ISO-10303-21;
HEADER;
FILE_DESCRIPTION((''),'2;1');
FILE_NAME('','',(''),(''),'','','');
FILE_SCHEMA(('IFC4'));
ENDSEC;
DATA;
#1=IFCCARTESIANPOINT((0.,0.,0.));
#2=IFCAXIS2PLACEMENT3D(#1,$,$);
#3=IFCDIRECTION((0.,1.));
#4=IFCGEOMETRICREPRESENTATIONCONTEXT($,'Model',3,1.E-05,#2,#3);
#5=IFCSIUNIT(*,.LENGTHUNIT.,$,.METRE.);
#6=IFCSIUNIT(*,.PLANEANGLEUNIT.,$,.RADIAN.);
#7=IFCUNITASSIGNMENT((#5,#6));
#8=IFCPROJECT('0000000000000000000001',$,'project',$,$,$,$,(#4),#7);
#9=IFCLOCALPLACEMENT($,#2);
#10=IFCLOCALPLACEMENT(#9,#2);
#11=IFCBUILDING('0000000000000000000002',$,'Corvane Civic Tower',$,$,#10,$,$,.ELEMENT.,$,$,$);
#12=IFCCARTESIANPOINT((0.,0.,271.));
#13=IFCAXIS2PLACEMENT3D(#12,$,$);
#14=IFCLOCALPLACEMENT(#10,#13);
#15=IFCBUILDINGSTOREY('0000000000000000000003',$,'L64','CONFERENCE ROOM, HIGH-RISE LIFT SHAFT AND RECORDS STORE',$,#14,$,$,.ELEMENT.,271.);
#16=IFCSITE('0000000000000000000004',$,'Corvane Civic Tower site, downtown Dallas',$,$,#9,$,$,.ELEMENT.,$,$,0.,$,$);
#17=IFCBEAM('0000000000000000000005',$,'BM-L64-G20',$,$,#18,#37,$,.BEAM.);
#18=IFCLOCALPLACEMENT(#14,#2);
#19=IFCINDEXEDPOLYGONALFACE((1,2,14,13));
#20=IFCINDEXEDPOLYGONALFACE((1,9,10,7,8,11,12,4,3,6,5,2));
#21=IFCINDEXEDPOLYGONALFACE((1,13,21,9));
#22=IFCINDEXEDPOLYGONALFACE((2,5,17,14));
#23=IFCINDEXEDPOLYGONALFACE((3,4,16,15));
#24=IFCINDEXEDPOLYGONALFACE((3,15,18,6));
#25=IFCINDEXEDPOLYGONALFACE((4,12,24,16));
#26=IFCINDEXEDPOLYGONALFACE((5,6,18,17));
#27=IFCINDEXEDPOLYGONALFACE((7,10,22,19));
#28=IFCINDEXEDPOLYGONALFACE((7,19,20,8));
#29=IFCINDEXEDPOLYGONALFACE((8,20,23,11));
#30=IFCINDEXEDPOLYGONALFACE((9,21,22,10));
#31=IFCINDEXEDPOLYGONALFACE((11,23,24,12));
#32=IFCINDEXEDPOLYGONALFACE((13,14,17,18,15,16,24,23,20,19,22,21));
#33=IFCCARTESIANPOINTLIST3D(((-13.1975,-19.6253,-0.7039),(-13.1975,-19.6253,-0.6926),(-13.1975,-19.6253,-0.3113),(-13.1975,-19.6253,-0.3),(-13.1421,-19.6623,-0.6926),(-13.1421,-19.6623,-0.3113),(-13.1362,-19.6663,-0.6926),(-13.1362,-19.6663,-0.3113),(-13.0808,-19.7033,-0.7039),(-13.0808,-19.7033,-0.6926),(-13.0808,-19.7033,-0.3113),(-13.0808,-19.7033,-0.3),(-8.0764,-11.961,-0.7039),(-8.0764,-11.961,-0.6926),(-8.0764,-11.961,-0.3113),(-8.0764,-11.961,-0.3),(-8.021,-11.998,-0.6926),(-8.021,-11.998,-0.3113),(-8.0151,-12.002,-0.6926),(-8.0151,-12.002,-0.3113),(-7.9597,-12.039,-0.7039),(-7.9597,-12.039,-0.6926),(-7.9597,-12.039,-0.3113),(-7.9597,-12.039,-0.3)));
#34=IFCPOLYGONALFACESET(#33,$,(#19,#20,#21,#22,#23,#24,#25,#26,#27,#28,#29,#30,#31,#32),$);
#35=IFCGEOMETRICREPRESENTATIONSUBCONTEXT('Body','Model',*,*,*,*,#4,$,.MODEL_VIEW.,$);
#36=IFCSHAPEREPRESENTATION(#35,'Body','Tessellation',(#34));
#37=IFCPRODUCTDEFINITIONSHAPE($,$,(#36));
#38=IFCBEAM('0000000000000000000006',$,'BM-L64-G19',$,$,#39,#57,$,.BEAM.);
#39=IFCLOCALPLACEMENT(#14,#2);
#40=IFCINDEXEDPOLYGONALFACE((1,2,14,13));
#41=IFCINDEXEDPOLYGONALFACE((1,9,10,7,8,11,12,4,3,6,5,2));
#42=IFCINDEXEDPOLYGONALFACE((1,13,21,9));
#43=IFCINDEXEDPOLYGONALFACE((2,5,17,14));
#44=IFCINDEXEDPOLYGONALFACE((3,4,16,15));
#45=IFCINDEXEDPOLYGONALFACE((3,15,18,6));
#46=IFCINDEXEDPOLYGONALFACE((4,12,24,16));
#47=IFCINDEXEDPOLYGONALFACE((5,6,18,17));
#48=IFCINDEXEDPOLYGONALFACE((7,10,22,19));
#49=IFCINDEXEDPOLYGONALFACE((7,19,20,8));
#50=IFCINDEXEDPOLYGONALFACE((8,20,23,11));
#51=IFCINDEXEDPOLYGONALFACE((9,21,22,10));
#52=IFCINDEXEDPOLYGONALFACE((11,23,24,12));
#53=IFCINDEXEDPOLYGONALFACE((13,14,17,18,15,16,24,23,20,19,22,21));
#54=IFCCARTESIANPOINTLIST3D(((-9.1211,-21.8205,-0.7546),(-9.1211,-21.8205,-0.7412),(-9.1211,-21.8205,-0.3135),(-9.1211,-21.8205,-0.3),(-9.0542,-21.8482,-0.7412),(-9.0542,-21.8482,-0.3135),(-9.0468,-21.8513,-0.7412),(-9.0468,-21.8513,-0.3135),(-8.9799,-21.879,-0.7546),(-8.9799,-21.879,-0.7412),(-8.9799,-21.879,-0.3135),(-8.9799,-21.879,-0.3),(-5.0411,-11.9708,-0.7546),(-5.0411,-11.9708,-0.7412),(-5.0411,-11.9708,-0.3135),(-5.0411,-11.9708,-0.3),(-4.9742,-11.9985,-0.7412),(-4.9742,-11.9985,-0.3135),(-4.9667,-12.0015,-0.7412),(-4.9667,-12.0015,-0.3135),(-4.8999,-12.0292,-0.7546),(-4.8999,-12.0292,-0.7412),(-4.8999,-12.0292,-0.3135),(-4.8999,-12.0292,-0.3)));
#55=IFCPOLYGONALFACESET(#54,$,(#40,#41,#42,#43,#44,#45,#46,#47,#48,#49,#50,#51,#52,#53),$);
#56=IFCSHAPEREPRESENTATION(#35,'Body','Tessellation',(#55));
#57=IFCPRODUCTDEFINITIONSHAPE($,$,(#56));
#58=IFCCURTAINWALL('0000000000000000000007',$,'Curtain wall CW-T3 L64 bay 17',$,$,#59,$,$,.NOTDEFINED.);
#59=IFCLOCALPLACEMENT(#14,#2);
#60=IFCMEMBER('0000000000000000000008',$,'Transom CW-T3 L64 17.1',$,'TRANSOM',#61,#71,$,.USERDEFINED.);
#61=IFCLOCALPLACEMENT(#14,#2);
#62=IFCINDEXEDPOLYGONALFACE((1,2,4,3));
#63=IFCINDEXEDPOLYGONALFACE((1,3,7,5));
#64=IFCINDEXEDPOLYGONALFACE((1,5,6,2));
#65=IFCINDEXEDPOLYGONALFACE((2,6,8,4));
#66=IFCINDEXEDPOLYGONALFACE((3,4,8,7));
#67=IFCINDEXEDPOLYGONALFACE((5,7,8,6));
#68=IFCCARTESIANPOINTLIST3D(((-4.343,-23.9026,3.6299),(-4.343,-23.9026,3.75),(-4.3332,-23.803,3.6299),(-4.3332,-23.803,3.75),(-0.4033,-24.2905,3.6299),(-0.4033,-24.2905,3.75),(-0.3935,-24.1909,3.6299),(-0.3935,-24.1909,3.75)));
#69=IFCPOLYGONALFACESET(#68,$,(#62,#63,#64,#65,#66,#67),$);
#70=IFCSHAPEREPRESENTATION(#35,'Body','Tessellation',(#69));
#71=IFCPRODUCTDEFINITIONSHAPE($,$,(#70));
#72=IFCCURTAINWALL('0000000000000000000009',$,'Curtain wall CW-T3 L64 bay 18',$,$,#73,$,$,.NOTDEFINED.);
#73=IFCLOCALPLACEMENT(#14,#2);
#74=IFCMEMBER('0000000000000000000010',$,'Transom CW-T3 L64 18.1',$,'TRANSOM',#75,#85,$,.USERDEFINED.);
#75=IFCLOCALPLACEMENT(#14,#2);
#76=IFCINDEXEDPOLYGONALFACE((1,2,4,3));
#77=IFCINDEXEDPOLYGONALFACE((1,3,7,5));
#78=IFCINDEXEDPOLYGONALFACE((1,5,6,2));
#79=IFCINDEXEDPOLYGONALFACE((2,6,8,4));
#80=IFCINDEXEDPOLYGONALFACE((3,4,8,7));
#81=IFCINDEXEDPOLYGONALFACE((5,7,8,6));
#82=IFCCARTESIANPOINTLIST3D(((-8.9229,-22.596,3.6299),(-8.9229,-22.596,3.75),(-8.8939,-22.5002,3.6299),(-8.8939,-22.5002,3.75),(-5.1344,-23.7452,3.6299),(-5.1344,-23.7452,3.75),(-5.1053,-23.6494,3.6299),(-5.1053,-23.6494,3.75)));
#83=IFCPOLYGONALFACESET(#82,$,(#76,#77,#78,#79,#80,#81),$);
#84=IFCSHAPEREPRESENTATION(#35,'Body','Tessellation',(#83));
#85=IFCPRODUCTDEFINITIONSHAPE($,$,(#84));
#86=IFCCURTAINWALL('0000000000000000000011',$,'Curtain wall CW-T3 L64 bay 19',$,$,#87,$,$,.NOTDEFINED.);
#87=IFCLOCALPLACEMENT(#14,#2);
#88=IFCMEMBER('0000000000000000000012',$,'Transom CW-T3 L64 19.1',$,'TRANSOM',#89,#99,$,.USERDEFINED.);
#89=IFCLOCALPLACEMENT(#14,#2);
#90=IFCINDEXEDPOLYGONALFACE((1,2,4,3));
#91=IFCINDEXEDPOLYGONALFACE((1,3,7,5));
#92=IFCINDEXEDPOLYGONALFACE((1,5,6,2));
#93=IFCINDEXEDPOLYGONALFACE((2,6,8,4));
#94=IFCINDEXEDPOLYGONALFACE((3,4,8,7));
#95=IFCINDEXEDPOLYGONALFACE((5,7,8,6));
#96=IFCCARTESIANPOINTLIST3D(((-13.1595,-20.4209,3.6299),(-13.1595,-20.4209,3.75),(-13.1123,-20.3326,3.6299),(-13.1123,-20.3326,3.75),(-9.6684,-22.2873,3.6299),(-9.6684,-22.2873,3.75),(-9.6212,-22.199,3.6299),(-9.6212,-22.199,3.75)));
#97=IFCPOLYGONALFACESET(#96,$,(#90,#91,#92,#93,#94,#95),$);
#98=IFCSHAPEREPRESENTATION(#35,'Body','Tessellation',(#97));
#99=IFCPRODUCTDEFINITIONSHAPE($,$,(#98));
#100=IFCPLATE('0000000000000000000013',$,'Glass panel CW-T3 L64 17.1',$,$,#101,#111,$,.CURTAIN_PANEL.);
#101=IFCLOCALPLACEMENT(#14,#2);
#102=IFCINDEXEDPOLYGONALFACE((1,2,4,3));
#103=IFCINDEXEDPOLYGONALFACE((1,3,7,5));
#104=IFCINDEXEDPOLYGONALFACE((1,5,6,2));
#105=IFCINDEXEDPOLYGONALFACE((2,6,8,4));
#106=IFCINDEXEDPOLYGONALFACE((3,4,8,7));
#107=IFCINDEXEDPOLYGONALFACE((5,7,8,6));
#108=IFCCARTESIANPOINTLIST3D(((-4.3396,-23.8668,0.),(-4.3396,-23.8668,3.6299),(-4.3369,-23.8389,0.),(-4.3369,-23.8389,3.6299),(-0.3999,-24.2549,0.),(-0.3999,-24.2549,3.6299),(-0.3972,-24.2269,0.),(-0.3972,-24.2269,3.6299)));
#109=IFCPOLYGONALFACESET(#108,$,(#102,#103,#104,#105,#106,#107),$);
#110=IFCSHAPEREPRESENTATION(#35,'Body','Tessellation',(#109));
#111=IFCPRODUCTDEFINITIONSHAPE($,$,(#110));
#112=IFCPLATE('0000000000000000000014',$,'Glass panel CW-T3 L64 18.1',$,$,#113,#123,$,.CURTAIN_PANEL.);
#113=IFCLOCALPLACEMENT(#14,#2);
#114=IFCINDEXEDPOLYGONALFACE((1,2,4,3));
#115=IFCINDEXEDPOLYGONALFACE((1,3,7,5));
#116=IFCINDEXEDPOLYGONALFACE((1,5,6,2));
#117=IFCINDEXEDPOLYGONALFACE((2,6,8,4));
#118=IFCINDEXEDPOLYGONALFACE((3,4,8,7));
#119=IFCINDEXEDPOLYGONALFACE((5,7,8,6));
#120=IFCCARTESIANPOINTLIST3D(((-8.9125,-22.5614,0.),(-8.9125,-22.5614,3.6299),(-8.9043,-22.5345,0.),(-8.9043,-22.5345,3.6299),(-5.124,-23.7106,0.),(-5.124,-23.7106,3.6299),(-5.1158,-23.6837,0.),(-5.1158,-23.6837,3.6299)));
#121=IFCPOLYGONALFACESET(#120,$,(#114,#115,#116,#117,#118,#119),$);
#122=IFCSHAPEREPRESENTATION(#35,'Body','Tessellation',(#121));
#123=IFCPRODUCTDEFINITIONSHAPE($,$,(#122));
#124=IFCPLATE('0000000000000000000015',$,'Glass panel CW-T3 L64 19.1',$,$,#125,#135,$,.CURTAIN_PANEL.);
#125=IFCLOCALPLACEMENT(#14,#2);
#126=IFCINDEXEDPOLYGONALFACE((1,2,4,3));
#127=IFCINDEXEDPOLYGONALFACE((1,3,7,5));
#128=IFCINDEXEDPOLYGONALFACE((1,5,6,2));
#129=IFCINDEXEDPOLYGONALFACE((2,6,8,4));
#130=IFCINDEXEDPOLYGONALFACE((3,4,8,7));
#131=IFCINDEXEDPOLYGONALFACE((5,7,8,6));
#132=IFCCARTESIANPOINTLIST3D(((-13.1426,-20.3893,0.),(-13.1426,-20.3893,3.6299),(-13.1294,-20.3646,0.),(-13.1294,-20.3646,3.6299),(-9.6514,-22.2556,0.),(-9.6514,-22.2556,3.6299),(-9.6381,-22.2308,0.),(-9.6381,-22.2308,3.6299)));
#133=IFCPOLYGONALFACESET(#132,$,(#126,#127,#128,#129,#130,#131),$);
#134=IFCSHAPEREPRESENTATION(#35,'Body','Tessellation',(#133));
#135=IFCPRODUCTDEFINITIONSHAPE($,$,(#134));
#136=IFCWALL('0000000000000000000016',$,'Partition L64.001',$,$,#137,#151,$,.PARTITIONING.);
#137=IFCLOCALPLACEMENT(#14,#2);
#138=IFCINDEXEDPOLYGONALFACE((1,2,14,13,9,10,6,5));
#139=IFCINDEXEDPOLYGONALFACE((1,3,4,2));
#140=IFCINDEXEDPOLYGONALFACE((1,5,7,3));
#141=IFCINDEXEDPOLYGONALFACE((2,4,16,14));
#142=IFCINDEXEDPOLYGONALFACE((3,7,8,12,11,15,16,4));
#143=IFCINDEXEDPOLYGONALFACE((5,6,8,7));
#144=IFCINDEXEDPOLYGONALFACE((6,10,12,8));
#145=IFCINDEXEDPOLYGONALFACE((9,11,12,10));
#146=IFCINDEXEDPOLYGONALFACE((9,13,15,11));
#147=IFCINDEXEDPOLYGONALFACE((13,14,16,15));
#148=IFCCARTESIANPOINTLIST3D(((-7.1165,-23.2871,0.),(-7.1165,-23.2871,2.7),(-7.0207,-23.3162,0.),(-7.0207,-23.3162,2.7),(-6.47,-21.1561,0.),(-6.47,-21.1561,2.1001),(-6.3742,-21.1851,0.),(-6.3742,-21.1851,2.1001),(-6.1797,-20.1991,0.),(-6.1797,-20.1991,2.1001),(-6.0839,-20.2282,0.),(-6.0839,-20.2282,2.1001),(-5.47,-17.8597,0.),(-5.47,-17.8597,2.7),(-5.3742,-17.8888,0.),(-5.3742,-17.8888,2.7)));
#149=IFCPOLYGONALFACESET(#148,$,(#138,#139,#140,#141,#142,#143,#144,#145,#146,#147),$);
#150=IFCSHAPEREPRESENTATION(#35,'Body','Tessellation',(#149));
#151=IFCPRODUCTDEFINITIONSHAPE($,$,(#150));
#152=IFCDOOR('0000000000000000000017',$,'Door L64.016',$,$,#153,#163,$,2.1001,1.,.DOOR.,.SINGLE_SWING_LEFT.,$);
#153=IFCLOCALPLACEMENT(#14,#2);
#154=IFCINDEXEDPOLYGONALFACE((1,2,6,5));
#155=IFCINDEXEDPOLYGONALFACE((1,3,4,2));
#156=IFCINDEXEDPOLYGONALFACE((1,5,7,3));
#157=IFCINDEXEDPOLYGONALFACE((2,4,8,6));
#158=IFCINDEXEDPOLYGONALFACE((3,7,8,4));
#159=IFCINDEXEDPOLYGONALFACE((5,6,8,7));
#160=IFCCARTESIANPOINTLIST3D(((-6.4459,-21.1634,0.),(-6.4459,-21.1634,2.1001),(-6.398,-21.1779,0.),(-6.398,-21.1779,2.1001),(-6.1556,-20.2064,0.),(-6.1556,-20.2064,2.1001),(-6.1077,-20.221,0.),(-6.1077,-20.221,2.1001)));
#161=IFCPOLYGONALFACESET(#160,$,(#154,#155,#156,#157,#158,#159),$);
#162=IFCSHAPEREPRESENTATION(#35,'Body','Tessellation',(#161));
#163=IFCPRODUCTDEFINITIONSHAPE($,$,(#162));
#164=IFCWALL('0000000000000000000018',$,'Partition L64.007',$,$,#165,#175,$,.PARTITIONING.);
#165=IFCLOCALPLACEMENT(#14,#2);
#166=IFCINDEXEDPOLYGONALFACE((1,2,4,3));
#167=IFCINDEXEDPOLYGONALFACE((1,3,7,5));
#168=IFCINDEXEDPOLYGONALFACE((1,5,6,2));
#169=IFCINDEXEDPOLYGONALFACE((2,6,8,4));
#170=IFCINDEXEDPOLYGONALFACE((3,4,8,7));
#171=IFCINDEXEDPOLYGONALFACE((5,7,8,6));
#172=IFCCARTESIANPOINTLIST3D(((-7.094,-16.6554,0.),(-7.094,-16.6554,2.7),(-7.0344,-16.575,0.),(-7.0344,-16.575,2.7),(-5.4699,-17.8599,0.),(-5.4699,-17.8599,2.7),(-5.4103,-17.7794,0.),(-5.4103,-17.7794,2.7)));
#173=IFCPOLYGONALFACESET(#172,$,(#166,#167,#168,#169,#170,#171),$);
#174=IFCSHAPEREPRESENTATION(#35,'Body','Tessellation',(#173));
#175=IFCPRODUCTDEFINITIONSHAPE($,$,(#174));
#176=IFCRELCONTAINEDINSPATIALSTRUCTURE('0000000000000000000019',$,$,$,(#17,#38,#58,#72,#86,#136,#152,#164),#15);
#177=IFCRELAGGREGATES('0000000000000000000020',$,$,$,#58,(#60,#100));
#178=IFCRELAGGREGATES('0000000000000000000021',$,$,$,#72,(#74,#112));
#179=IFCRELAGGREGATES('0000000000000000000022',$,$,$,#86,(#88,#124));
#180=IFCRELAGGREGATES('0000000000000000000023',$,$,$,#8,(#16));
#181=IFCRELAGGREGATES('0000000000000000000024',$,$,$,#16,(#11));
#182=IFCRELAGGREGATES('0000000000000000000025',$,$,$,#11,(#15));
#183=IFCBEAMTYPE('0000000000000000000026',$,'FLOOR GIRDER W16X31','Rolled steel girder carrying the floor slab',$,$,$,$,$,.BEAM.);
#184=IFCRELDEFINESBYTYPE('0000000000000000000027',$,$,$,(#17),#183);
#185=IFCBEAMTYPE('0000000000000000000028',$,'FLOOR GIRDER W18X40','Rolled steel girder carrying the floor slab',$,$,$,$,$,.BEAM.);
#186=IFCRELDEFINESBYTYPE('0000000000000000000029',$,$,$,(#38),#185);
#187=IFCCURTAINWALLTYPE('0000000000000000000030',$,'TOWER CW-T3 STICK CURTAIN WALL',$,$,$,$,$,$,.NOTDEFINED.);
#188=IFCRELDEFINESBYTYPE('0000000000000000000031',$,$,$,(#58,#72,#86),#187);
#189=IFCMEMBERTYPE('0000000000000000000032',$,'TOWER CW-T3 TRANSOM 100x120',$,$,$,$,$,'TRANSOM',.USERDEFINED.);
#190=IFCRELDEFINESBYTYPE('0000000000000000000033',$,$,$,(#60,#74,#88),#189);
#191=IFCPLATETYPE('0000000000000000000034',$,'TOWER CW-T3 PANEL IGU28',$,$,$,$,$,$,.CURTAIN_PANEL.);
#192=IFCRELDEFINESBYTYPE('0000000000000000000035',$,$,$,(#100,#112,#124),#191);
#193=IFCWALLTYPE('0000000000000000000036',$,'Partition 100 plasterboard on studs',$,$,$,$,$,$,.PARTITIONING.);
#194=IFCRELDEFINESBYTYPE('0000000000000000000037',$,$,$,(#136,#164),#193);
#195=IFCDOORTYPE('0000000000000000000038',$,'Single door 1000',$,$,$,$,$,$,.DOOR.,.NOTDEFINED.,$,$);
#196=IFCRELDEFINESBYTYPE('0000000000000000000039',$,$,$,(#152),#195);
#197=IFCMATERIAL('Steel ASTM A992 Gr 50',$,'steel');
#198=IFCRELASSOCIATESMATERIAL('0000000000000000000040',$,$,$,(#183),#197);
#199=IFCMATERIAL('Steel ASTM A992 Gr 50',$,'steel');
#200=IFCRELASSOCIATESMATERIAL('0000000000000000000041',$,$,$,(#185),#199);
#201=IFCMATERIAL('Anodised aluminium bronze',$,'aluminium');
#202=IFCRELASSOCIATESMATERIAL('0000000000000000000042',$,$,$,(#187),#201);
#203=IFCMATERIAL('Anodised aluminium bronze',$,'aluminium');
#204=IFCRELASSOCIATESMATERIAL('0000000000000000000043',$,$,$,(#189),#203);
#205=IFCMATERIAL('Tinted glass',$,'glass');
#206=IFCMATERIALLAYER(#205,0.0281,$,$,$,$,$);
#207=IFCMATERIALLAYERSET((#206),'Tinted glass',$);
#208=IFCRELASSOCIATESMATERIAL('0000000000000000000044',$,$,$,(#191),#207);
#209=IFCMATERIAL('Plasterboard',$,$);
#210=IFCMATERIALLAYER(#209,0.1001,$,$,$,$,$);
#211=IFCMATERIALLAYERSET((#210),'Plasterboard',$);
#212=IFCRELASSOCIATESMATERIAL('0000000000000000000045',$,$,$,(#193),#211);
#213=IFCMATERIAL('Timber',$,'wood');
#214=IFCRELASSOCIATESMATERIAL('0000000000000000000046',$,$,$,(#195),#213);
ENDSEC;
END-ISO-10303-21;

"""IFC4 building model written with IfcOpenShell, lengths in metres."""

from ifc_helpers import new_model, si_unit, direction, frame, frame_2d, origin, origin_2d, place, context, subcontext, project, spatial, rectangle, i_section, extrude, material, layer, layer_set, material_profile, profile_set, type_object, element, fill, aggregate, save


model = new_model("IFC4")

# Units and contexts
model_context = context("Model", 3, precision=1e-05, world=origin(), true_north=direction((0.0, 1.0)))
body_context = subcontext(model_context, "Body", "Model", "MODEL_VIEW")
ifc_project = project(units=[si_unit("LENGTHUNIT", "METRE"), si_unit("PLANEANGLEUNIT", "RADIAN")], contexts=[model_context])

# Site, building, storey
site_placement = place(None, origin())
site = spatial("IfcSite", under=ifc_project, at=site_placement, Name="Corvane Civic Tower site, downtown Dallas", CompositionType="ELEMENT", RefElevation=0.0)
building_placement = place(site_placement, origin())
building = spatial("IfcBuilding", under=site, at=building_placement, Name="Corvane Civic Tower", CompositionType="ELEMENT")
storey_placement = place(building_placement, frame((0.0, 0.0, 271.0)))
storey = spatial("IfcBuildingStorey", under=building, at=storey_placement, Name="L64", Description="CONFERENCE ROOM, HIGH-RISE LIFT SHAFT AND RECORDS STORE", CompositionType="ELEMENT", Elevation=271.0)

# Beams
ifc_material_1 = material(Name="Steel ASTM A992 Gr 50", Category="steel")
ifc_material_profile_1 = material_profile(ifc_material_1, i_section(OverallWidth=0.1404, OverallDepth=0.4038, WebThickness=0.0071, FlangeThickness=0.0112, at=origin_2d()), Name="W16X31")
ifc_profile_set_1 = profile_set([ifc_material_profile_1], Name="Steel ASTM A992 Gr 50")
beam_type_1 = type_object("IfcBeamType", Name="FLOOR GIRDER W16X31", Description="Rolled steel girder carrying the floor slab", PredefinedType="BEAM", material=ifc_profile_set_1)
beam_1_placement = place(storey_placement, frame((-8.0181, -12.0, -0.502), z_axis=(-0.555568, -0.831471, 0.0), x_axis=(0.831471, -0.555568, 0.0)))
element("IfcBeam", 1, at=beam_1_placement, inside=storey, type_object=beam_type_1, Name="BM-L64-G20", PredefinedType="BEAM", context=body_context, shape_type="SweptSolid", body=[
    extrude(i_section(OverallWidth=0.1404, OverallDepth=0.4038, WebThickness=0.0071, FlangeThickness=0.0112, at=origin_2d()), origin(), (0.0, 0.0, 1.0), 9.2178),
])
ifc_material_2 = material(Name="Steel ASTM A992 Gr 50", Category="steel")
ifc_material_profile_2 = material_profile(ifc_material_2, i_section(OverallWidth=0.1528, OverallDepth=0.4546, WebThickness=0.0081, FlangeThickness=0.0134, at=origin_2d()), Name="W18X40")
ifc_profile_set_2 = profile_set([ifc_material_profile_2], Name="Steel ASTM A992 Gr 50")
beam_type_2 = type_object("IfcBeamType", Name="FLOOR GIRDER W18X40", Description="Rolled steel girder carrying the floor slab", PredefinedType="BEAM", material=ifc_profile_set_2)
beam_2_placement = place(storey_placement, frame((-4.9705, -12.0, -0.5273), z_axis=(-0.382694, -0.923875, 0.0), x_axis=(0.923875, -0.382694, 0.0)))
element("IfcBeam", 2, at=beam_2_placement, inside=storey, type_object=beam_type_2, Name="BM-L64-G19", PredefinedType="BEAM", context=body_context, shape_type="SweptSolid", body=[
    extrude(i_section(OverallWidth=0.1528, OverallDepth=0.4546, WebThickness=0.0081, FlangeThickness=0.0134, at=origin_2d()), origin(), (0.0, 0.0, 1.0), 10.6614),
])

# Curtain walls, members
ifc_material_3 = material(Name="Anodised aluminium bronze", Category="aluminium")
curtain_wall_type = type_object("IfcCurtainWallType", Name="TOWER CW-T3 STICK CURTAIN WALL", PredefinedType="NOTDEFINED", material=ifc_material_3)
curtain_wall_1_placement = place(storey_placement, origin())
curtain_wall_1 = element("IfcCurtainWall", 3, at=curtain_wall_1_placement, inside=storey, type_object=curtain_wall_type, Name="Curtain wall CW-T3 L64 bay 17", PredefinedType="NOTDEFINED")
ifc_material_4 = material(Name="Anodised aluminium bronze", Category="aluminium")
ifc_material_profile_3 = material_profile(ifc_material_4, rectangle(XDim=0.1001, YDim=0.1201, at=origin_2d()), Name="TOWER CW-T3 TRANSOM 100x120")
ifc_profile_set_3 = profile_set([ifc_material_profile_3], Name="Anodised aluminium bronze")
member_type = type_object("IfcMemberType", Name="TOWER CW-T3 TRANSOM 100x120", ElementType="TRANSOM", PredefinedType="USERDEFINED", material=ifc_profile_set_3)
member_1_placement = place(storey_placement, frame((-0.3984, -24.2407, 3.6899), z_axis=(-0.995187, 0.097995, 0.0), x_axis=(-0.097995, -0.995187, 0.0)))
member_1 = element("IfcMember", 4, at=member_1_placement, type_object=member_type, Name="Transom CW-T3 L64 17.1", ObjectType="TRANSOM", PredefinedType="USERDEFINED", context=body_context, shape_type="SweptSolid", body=[
    extrude(rectangle(XDim=0.1001, YDim=0.1201, at=origin_2d()), origin(), (0.0, 0.0, 1.0), 3.9587),
])
curtain_wall_2_placement = place(storey_placement, origin())
curtain_wall_2 = element("IfcCurtainWall", 5, at=curtain_wall_2_placement, inside=storey, type_object=curtain_wall_type, Name="Curtain wall CW-T3 L64 bay 18", PredefinedType="NOTDEFINED")
member_2_placement = place(storey_placement, frame((-5.1199, -23.6973, 3.6899), z_axis=(-0.956946, 0.290266, 0.0), x_axis=(-0.290266, -0.956946, 0.0)))
member_2 = element("IfcMember", 6, at=member_2_placement, type_object=member_type, Name="Transom CW-T3 L64 18.1", ObjectType="TRANSOM", PredefinedType="USERDEFINED", context=body_context, shape_type="SweptSolid", body=[
    extrude(rectangle(XDim=0.1001, YDim=0.1201, at=origin_2d()), origin(), (0.0, 0.0, 1.0), 3.959),
])
curtain_wall_3_placement = place(storey_placement, origin())
curtain_wall_3 = element("IfcCurtainWall", 7, at=curtain_wall_3_placement, inside=storey, type_object=curtain_wall_type, Name="Curtain wall CW-T3 L64 bay 19", PredefinedType="NOTDEFINED")
member_3_placement = place(storey_placement, frame((-9.6448, -22.2432, 3.6899), z_axis=(-0.881883, 0.471468, 0.0), x_axis=(-0.471468, -0.881883, 0.0)))
member_3 = element("IfcMember", 8, at=member_3_placement, type_object=member_type, Name="Transom CW-T3 L64 19.1", ObjectType="TRANSOM", PredefinedType="USERDEFINED", context=body_context, shape_type="SweptSolid", body=[
    extrude(rectangle(XDim=0.1001, YDim=0.1201, at=origin_2d()), origin(), (0.0, 0.0, 1.0), 3.9587),
])

# Plates
ifc_material_5 = material(Name="Tinted glass", Category="glass")
ifc_layer_1 = layer(ifc_material_5, 0.0281)
ifc_layer_set_1 = layer_set([ifc_layer_1], Name="Tinted glass")
plate_type = type_object("IfcPlateType", Name="TOWER CW-T3 PANEL IGU28", PredefinedType="CURTAIN_PANEL", material=ifc_layer_set_1)
plate_1_placement = place(storey_placement, frame((-2.3684, -24.0469, 0.0), z_axis=(0.0, 0.0, 1.0), x_axis=(-0.995184, 0.098021, 0.0)))
plate_1 = element("IfcPlate", 9, at=plate_1_placement, type_object=plate_type, Name="Glass panel CW-T3 L64 17.1", PredefinedType="CURTAIN_PANEL", context=body_context, shape_type="SweptSolid", body=[
    extrude(rectangle(XDim=3.9587, YDim=0.0281, at=origin_2d()), origin(), (0.0, 0.0, 1.0), 3.6299),
])
aggregate(curtain_wall_1, [member_1, plate_1])
plate_2_placement = place(storey_placement, frame((-7.0142, -23.1226, 0.0), z_axis=(0.0, 0.0, 1.0), x_axis=(-0.956944, 0.290274, 0.0)))
plate_2 = element("IfcPlate", 10, at=plate_2_placement, type_object=plate_type, Name="Glass panel CW-T3 L64 18.1", PredefinedType="CURTAIN_PANEL", context=body_context, shape_type="SweptSolid", body=[
    extrude(rectangle(XDim=3.959, YDim=0.0281, at=origin_2d()), origin(), (0.0, 0.0, 1.0), 3.6299),
])
aggregate(curtain_wall_2, [member_2, plate_2])
plate_3_placement = place(storey_placement, frame((-11.3904, -21.3101, 0.0), z_axis=(0.0, 0.0, 1.0), x_axis=(-0.881908, 0.471421, 0.0)))
plate_3 = element("IfcPlate", 11, at=plate_3_placement, type_object=plate_type, Name="Glass panel CW-T3 L64 19.1", PredefinedType="CURTAIN_PANEL", context=body_context, shape_type="SweptSolid", body=[
    extrude(rectangle(XDim=3.9587, YDim=0.0281, at=origin_2d()), origin(), (0.0, 0.0, 1.0), 3.6299),
])
aggregate(curtain_wall_3, [member_3, plate_3])

# Wall, opening, door
ifc_material_6 = material(Name="Plasterboard")
ifc_layer_2 = layer(ifc_material_6, 0.1001)
ifc_layer_set_2 = layer_set([ifc_layer_2], Name="Plasterboard")
wall_type = type_object("IfcWallType", Name="Partition 100 plasterboard on studs", PredefinedType="PARTITIONING", material=ifc_layer_set_2)
wall_1_placement = place(storey_placement, frame((-7.0686, -23.3018, 0.0), z_axis=(0.0, 0.0, 1.0), x_axis=(0.290296, 0.956937, 0.0)))
wall_1 = element("IfcWall", 12, at=wall_1_placement, inside=storey, type_object=wall_type, Name="Partition L64.001", PredefinedType="PARTITIONING", context=body_context, shape_type="SweptSolid", body=[
    extrude(rectangle(XDim=5.6716, YDim=0.1001, at=frame_2d((2.8359, 0.0))), origin(), (0.0, 0.0, 1.0), 2.7),
])
opening_placement = place(wall_1_placement, frame((2.2271, 0.0, 0.0)))
opening = element("IfcOpeningElement", 13, at=opening_placement, cuts=wall_1, PredefinedType="OPENING", context=body_context, shape_type="SweptSolid", body=[
    extrude(rectangle(XDim=1.0, YDim=2.1001, at=frame_2d((0.5, 1.05))), frame((0.0, 0.0601, 0.0), z_axis=(0.0, -1.0, 0.0), x_axis=(1.0, 0.0, 0.0)), (0.0, 0.0, 1.0), 0.1201),
])
ifc_material_7 = material(Name="Timber", Category="wood")
door_type = type_object("IfcDoorType", Name="Single door 1000", OperationType="NOTDEFINED", PredefinedType="DOOR", material=ifc_material_7)
door_placement = place(opening_placement, origin())
door = element("IfcDoor", 14, at=door_placement, inside=storey, type_object=door_type, Name="Door L64.016", OperationType="SINGLE_SWING_LEFT", OverallHeight=2.1001, OverallWidth=1.0, PredefinedType="DOOR", context=body_context, shape_type="SweptSolid", body=[
    extrude(rectangle(XDim=1.0, YDim=2.1001, at=frame_2d((0.5, 1.05))), frame((0.0, 0.0249, 0.0), z_axis=(0.0, -1.0, 0.0), x_axis=(1.0, 0.0, 0.0)), (0.0, 0.0, 1.0), 0.05),
])
fill(opening, door)

# Wall
wall_2_placement = place(storey_placement, frame((-7.0642, -16.6152, 0.0), z_axis=(0.0, 0.0, 1.0), x_axis=(0.803234, -0.595664, 0.0)))
element("IfcWall", 15, at=wall_2_placement, inside=storey, type_object=wall_type, Name="Partition L64.007", PredefinedType="PARTITIONING", context=body_context, shape_type="SweptSolid", body=[
    extrude(rectangle(XDim=2.022, YDim=0.1001, at=frame_2d((1.011, 0.0))), origin(), (0.0, 0.0, 1.0), 2.7),
])

save(model, "model.ifc")
